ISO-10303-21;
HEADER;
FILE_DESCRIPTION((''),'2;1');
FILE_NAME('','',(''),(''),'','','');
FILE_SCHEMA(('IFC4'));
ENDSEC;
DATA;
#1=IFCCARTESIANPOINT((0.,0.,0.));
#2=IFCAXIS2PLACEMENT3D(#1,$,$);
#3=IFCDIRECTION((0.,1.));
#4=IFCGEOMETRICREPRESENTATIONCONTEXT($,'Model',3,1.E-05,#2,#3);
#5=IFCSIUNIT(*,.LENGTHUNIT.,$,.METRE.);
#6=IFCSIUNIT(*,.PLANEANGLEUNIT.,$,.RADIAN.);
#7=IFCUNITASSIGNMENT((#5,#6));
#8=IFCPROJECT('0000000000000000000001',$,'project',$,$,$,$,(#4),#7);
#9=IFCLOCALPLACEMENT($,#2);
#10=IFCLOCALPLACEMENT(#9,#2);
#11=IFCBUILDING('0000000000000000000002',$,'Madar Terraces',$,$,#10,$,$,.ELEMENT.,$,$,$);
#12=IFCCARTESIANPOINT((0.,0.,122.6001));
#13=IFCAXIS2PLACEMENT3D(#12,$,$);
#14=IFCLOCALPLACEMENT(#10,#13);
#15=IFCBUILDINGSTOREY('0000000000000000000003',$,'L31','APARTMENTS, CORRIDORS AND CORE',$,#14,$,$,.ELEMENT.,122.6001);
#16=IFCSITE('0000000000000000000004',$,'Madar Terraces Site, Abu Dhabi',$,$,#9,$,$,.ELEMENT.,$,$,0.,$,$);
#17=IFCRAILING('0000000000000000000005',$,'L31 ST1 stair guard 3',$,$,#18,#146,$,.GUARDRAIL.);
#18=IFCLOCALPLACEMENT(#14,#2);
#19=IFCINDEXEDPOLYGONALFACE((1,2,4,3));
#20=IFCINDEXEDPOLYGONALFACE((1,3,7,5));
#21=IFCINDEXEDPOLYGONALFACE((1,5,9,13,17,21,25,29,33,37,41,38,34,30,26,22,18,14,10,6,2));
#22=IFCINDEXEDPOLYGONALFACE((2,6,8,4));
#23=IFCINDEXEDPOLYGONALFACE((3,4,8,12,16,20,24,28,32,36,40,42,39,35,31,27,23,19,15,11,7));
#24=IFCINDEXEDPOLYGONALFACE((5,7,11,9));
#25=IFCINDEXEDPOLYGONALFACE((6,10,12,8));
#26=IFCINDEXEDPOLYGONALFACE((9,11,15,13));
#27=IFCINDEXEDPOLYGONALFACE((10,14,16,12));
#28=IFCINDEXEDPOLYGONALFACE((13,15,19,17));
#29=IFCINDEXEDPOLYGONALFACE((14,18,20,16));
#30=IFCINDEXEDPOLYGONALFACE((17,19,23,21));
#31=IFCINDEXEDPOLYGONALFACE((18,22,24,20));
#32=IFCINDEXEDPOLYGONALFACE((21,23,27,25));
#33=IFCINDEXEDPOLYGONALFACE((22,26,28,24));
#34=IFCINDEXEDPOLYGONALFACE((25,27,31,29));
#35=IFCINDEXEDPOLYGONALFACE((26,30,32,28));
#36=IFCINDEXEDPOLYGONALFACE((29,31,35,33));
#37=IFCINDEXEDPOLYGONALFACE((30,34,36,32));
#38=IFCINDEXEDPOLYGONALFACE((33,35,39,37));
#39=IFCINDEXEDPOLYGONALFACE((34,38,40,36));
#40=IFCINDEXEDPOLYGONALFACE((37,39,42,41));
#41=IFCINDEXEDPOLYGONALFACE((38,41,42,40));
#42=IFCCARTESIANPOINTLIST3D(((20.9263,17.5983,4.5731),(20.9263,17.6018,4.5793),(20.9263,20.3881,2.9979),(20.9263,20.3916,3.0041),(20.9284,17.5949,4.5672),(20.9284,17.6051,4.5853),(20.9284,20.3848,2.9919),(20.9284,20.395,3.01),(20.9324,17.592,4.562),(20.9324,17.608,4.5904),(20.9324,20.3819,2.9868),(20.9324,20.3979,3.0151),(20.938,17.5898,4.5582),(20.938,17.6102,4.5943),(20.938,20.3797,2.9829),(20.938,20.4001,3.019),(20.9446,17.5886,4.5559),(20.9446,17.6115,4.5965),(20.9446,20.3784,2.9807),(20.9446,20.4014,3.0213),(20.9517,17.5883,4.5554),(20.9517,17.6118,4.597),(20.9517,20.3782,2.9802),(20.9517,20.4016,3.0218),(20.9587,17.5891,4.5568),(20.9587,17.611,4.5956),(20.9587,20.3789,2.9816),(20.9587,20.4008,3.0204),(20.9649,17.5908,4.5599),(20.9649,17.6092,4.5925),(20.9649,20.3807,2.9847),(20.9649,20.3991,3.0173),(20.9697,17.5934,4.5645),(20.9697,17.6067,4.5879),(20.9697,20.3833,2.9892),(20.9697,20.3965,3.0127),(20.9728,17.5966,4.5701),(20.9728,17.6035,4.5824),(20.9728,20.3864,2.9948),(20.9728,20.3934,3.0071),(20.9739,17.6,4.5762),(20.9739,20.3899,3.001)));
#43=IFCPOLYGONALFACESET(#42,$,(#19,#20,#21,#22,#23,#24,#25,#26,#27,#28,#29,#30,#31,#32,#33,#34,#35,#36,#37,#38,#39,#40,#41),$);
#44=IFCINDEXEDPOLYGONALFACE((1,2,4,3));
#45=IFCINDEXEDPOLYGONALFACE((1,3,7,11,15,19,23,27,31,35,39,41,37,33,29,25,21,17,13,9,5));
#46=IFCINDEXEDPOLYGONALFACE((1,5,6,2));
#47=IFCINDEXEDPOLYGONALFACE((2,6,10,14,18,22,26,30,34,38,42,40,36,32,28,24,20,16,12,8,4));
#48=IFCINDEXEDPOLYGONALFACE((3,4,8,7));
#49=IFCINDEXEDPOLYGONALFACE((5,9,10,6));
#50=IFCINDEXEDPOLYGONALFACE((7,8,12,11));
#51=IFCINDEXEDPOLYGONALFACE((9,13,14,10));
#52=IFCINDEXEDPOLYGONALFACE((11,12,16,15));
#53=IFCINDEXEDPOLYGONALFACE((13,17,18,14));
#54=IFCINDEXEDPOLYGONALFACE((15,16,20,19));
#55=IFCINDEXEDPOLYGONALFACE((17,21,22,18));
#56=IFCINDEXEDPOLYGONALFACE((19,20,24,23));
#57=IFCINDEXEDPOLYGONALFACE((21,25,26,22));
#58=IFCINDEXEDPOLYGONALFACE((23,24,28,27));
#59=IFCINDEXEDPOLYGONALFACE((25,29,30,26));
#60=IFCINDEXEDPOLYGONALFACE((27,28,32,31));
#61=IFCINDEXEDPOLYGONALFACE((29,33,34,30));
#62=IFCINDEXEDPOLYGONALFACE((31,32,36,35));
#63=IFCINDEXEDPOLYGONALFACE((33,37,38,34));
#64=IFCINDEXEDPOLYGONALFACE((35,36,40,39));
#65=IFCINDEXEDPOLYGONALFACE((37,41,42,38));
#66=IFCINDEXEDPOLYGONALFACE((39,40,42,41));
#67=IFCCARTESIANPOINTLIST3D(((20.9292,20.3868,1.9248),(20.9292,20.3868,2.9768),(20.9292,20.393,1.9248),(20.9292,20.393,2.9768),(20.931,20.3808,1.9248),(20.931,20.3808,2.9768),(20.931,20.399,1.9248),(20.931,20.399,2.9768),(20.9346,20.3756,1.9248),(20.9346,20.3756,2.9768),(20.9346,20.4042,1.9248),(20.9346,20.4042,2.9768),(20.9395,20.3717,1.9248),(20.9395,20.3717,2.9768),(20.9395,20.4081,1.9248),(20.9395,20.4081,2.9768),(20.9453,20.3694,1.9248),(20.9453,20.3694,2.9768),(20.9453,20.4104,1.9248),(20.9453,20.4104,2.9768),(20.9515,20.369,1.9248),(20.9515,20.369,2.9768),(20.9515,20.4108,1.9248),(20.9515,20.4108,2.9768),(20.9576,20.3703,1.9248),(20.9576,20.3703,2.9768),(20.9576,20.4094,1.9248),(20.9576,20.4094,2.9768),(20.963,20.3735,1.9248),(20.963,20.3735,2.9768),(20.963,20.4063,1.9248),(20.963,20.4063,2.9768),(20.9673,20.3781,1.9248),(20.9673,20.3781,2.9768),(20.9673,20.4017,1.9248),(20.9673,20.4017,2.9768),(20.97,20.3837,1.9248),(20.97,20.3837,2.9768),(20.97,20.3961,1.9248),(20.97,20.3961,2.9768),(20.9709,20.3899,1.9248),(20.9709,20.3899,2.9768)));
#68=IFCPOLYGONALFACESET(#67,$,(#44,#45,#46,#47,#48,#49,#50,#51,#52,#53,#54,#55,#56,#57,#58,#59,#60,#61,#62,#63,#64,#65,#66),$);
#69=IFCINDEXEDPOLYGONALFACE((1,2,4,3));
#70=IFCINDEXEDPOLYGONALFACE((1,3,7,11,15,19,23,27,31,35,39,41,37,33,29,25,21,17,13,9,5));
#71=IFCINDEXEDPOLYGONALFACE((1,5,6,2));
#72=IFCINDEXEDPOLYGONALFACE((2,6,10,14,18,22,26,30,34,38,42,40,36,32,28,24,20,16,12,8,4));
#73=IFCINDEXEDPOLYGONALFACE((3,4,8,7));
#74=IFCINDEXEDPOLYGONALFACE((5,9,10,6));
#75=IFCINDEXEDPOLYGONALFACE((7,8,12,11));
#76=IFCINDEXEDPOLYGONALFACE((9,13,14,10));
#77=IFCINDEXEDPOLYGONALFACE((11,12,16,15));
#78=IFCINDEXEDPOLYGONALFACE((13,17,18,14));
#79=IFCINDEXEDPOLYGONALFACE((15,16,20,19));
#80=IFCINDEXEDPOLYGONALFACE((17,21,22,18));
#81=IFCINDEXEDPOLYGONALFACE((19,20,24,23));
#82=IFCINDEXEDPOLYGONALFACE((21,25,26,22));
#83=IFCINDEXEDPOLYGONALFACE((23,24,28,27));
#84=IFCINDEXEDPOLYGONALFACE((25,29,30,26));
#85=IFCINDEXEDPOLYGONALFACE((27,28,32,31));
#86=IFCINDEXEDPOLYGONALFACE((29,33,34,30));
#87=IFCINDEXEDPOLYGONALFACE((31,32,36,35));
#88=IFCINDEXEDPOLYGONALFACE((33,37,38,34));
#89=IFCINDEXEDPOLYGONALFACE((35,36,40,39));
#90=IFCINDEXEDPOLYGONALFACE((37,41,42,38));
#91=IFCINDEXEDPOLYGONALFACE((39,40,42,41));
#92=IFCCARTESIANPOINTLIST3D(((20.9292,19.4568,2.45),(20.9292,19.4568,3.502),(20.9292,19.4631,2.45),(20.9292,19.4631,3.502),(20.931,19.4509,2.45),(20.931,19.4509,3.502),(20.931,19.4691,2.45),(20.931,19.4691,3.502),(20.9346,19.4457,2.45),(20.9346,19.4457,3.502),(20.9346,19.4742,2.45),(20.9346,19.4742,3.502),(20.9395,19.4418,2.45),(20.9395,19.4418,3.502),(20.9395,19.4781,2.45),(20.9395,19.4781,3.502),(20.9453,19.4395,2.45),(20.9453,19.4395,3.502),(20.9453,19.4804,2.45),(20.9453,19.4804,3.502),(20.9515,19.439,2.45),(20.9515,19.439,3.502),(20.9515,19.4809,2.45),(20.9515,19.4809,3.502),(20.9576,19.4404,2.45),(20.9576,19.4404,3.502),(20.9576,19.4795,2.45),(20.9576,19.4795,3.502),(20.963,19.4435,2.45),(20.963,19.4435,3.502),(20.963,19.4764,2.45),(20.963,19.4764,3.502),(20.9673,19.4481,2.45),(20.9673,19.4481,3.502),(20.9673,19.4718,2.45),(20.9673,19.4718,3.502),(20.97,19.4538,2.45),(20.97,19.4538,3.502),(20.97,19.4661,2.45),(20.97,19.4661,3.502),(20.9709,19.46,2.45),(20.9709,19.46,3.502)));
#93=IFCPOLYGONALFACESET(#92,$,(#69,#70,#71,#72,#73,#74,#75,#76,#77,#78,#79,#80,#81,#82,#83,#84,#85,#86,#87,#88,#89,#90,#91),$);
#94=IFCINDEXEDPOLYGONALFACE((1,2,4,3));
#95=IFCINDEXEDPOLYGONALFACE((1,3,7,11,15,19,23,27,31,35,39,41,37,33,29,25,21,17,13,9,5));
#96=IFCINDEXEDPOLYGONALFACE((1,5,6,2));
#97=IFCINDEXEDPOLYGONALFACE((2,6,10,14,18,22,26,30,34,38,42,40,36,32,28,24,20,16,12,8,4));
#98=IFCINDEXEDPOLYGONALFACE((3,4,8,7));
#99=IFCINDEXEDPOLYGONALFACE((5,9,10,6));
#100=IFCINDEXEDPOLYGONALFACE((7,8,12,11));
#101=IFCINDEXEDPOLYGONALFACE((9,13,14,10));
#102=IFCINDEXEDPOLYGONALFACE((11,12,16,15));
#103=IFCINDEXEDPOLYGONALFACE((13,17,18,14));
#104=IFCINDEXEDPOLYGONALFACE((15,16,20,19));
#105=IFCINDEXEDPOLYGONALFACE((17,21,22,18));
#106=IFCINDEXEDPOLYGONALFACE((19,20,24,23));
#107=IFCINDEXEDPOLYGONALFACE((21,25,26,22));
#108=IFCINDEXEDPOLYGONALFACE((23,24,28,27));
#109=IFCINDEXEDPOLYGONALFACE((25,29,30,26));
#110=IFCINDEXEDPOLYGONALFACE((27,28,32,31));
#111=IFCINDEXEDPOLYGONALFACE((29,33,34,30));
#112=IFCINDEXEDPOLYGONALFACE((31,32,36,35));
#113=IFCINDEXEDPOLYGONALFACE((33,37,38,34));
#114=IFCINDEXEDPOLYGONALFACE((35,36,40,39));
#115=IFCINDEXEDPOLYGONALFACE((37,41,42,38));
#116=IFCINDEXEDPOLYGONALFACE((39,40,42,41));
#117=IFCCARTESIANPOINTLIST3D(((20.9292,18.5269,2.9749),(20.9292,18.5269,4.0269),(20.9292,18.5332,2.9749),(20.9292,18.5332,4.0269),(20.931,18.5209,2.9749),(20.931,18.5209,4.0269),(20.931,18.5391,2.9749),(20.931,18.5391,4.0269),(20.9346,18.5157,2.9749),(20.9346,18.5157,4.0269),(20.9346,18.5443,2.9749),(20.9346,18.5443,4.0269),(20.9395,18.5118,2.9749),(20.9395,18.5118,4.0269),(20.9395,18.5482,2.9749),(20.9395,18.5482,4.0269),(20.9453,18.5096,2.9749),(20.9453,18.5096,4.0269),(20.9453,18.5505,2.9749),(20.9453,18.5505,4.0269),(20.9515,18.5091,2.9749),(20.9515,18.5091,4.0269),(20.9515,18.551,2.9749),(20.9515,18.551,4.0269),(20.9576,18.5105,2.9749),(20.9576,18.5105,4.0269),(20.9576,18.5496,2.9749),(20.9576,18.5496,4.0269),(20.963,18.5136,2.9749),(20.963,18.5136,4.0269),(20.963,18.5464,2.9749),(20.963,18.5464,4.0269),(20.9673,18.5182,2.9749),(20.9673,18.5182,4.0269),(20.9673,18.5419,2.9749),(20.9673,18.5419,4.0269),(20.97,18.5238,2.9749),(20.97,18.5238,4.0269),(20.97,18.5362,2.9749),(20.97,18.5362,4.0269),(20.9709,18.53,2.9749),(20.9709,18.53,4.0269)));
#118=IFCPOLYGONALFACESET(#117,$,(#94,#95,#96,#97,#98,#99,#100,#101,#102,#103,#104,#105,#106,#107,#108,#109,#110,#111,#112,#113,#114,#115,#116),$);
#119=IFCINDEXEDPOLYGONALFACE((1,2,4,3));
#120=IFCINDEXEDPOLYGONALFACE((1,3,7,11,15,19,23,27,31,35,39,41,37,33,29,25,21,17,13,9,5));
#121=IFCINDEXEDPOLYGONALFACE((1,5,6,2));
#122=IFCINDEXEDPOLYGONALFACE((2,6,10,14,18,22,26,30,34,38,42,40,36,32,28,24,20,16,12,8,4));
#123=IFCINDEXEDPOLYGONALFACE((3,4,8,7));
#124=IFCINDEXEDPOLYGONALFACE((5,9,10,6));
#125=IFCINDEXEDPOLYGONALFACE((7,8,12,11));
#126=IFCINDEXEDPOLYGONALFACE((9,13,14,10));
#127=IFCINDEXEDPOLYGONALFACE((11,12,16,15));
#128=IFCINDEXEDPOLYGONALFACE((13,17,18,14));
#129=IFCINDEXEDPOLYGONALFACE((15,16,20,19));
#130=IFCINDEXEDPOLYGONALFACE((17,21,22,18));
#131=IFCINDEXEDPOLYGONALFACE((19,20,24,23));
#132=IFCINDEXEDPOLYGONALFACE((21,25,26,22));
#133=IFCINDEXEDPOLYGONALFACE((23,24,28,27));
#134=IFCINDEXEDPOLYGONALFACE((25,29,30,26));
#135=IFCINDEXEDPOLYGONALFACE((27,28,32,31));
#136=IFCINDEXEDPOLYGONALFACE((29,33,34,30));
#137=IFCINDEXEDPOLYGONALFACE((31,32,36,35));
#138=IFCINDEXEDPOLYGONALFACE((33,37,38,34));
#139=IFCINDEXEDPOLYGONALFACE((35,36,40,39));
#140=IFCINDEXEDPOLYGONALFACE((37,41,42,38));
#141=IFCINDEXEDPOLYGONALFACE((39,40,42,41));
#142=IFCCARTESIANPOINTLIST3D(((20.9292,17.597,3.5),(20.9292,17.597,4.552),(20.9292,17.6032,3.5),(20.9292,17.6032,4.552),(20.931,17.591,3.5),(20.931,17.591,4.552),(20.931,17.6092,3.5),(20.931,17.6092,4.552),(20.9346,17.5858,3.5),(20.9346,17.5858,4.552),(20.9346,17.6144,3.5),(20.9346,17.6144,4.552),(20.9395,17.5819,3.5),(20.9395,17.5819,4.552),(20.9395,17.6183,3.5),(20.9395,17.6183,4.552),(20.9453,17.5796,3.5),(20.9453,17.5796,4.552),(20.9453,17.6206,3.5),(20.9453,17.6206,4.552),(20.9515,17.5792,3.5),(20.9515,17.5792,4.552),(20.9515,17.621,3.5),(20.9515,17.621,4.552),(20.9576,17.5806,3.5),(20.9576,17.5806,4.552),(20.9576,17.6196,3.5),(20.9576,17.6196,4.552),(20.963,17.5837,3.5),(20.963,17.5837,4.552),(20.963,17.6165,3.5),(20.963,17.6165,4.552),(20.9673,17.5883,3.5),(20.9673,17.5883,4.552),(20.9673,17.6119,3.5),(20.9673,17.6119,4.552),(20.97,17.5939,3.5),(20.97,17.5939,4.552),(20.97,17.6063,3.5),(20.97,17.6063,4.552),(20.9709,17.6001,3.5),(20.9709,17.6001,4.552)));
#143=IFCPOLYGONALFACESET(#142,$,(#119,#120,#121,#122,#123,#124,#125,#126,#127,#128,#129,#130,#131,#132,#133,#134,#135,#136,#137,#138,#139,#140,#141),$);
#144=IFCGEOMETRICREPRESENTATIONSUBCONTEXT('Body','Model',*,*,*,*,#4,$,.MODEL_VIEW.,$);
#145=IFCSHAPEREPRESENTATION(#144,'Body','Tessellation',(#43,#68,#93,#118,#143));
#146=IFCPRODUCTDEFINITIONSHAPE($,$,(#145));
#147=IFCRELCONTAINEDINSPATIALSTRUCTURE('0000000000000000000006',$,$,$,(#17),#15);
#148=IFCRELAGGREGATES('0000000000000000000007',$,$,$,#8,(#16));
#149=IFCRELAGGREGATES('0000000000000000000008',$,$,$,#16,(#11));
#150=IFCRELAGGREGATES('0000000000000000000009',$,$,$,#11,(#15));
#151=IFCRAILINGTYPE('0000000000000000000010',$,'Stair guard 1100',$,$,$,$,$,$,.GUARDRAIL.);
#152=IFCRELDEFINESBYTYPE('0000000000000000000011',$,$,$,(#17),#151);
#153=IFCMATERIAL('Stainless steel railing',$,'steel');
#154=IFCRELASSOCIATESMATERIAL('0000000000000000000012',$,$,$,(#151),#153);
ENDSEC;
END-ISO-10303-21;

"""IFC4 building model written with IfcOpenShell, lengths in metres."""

from ifc_helpers import new_model, si_unit, direction, frame, origin, origin_2d, place, context, subcontext, project, spatial, circle, extrude, material, type_object, element, save


model = new_model("IFC4")

# Units and contexts
model_context = context("Model", 3, precision=1e-05, world=origin(), true_north=direction((0.0, 1.0)))
body_context = subcontext(model_context, "Body", "Model", "MODEL_VIEW")
ifc_project = project(units=[si_unit("LENGTHUNIT", "METRE"), si_unit("PLANEANGLEUNIT", "RADIAN")], contexts=[model_context])

# Site, building, storey
site_placement = place(None, origin())
site = spatial("IfcSite", under=ifc_project, at=site_placement, Name="Madar Terraces Site, Abu Dhabi", CompositionType="ELEMENT", RefElevation=0.0)
building_placement = place(site_placement, origin())
building = spatial("IfcBuilding", under=site, at=building_placement, Name="Madar Terraces", CompositionType="ELEMENT")
storey_placement = place(building_placement, frame((0.0, 0.0, 122.6001)))
storey = spatial("IfcBuildingStorey", under=building, at=storey_placement, Name="L31", Description="APARTMENTS, CORRIDORS AND CORE", CompositionType="ELEMENT", Elevation=122.6001)

# Railing
ifc_material_1 = material(Name="Stainless steel railing", Category="steel")
railing_type_1 = type_object("IfcRailingType", Name="Stair guard 1100", PredefinedType="GUARDRAIL", material=ifc_material_1)
railing_1_placement = place(storey_placement, frame((20.95, 20.3899, 1.9248)))
element("IfcRailing", 1, at=railing_1_placement, inside=storey, type_object=railing_type_1, Name="L31 ST1 stair guard 3", PredefinedType="GUARDRAIL", context=body_context, shape_type="SweptSolid", body=[
    extrude(circle(Radius=0.0239, at=origin_2d()), frame((0.0, 0.0, 1.0762), z_axis=(0.0, -0.870783, 0.491668), x_axis=(1.0, 0.0, 0.0)), (0.0, 0.0, 1.0), 3.2039),
    extrude(circle(Radius=0.021, at=origin_2d()), origin(), (0.0, 0.0, 1.0), 1.052),
    extrude(circle(Radius=0.021, at=origin_2d()), frame((0.0, -0.9299, 0.5251)), (0.0, 0.0, 1.0), 1.052),
    extrude(circle(Radius=0.021, at=origin_2d()), frame((0.0, -1.8599, 1.05)), (0.0, 0.0, 1.0), 1.052),
    extrude(circle(Radius=0.021, at=origin_2d()), frame((0.0, -2.7898, 1.5752)), (0.0, 0.0, 1.0), 1.052),
])

save(model, "model.ifc")
